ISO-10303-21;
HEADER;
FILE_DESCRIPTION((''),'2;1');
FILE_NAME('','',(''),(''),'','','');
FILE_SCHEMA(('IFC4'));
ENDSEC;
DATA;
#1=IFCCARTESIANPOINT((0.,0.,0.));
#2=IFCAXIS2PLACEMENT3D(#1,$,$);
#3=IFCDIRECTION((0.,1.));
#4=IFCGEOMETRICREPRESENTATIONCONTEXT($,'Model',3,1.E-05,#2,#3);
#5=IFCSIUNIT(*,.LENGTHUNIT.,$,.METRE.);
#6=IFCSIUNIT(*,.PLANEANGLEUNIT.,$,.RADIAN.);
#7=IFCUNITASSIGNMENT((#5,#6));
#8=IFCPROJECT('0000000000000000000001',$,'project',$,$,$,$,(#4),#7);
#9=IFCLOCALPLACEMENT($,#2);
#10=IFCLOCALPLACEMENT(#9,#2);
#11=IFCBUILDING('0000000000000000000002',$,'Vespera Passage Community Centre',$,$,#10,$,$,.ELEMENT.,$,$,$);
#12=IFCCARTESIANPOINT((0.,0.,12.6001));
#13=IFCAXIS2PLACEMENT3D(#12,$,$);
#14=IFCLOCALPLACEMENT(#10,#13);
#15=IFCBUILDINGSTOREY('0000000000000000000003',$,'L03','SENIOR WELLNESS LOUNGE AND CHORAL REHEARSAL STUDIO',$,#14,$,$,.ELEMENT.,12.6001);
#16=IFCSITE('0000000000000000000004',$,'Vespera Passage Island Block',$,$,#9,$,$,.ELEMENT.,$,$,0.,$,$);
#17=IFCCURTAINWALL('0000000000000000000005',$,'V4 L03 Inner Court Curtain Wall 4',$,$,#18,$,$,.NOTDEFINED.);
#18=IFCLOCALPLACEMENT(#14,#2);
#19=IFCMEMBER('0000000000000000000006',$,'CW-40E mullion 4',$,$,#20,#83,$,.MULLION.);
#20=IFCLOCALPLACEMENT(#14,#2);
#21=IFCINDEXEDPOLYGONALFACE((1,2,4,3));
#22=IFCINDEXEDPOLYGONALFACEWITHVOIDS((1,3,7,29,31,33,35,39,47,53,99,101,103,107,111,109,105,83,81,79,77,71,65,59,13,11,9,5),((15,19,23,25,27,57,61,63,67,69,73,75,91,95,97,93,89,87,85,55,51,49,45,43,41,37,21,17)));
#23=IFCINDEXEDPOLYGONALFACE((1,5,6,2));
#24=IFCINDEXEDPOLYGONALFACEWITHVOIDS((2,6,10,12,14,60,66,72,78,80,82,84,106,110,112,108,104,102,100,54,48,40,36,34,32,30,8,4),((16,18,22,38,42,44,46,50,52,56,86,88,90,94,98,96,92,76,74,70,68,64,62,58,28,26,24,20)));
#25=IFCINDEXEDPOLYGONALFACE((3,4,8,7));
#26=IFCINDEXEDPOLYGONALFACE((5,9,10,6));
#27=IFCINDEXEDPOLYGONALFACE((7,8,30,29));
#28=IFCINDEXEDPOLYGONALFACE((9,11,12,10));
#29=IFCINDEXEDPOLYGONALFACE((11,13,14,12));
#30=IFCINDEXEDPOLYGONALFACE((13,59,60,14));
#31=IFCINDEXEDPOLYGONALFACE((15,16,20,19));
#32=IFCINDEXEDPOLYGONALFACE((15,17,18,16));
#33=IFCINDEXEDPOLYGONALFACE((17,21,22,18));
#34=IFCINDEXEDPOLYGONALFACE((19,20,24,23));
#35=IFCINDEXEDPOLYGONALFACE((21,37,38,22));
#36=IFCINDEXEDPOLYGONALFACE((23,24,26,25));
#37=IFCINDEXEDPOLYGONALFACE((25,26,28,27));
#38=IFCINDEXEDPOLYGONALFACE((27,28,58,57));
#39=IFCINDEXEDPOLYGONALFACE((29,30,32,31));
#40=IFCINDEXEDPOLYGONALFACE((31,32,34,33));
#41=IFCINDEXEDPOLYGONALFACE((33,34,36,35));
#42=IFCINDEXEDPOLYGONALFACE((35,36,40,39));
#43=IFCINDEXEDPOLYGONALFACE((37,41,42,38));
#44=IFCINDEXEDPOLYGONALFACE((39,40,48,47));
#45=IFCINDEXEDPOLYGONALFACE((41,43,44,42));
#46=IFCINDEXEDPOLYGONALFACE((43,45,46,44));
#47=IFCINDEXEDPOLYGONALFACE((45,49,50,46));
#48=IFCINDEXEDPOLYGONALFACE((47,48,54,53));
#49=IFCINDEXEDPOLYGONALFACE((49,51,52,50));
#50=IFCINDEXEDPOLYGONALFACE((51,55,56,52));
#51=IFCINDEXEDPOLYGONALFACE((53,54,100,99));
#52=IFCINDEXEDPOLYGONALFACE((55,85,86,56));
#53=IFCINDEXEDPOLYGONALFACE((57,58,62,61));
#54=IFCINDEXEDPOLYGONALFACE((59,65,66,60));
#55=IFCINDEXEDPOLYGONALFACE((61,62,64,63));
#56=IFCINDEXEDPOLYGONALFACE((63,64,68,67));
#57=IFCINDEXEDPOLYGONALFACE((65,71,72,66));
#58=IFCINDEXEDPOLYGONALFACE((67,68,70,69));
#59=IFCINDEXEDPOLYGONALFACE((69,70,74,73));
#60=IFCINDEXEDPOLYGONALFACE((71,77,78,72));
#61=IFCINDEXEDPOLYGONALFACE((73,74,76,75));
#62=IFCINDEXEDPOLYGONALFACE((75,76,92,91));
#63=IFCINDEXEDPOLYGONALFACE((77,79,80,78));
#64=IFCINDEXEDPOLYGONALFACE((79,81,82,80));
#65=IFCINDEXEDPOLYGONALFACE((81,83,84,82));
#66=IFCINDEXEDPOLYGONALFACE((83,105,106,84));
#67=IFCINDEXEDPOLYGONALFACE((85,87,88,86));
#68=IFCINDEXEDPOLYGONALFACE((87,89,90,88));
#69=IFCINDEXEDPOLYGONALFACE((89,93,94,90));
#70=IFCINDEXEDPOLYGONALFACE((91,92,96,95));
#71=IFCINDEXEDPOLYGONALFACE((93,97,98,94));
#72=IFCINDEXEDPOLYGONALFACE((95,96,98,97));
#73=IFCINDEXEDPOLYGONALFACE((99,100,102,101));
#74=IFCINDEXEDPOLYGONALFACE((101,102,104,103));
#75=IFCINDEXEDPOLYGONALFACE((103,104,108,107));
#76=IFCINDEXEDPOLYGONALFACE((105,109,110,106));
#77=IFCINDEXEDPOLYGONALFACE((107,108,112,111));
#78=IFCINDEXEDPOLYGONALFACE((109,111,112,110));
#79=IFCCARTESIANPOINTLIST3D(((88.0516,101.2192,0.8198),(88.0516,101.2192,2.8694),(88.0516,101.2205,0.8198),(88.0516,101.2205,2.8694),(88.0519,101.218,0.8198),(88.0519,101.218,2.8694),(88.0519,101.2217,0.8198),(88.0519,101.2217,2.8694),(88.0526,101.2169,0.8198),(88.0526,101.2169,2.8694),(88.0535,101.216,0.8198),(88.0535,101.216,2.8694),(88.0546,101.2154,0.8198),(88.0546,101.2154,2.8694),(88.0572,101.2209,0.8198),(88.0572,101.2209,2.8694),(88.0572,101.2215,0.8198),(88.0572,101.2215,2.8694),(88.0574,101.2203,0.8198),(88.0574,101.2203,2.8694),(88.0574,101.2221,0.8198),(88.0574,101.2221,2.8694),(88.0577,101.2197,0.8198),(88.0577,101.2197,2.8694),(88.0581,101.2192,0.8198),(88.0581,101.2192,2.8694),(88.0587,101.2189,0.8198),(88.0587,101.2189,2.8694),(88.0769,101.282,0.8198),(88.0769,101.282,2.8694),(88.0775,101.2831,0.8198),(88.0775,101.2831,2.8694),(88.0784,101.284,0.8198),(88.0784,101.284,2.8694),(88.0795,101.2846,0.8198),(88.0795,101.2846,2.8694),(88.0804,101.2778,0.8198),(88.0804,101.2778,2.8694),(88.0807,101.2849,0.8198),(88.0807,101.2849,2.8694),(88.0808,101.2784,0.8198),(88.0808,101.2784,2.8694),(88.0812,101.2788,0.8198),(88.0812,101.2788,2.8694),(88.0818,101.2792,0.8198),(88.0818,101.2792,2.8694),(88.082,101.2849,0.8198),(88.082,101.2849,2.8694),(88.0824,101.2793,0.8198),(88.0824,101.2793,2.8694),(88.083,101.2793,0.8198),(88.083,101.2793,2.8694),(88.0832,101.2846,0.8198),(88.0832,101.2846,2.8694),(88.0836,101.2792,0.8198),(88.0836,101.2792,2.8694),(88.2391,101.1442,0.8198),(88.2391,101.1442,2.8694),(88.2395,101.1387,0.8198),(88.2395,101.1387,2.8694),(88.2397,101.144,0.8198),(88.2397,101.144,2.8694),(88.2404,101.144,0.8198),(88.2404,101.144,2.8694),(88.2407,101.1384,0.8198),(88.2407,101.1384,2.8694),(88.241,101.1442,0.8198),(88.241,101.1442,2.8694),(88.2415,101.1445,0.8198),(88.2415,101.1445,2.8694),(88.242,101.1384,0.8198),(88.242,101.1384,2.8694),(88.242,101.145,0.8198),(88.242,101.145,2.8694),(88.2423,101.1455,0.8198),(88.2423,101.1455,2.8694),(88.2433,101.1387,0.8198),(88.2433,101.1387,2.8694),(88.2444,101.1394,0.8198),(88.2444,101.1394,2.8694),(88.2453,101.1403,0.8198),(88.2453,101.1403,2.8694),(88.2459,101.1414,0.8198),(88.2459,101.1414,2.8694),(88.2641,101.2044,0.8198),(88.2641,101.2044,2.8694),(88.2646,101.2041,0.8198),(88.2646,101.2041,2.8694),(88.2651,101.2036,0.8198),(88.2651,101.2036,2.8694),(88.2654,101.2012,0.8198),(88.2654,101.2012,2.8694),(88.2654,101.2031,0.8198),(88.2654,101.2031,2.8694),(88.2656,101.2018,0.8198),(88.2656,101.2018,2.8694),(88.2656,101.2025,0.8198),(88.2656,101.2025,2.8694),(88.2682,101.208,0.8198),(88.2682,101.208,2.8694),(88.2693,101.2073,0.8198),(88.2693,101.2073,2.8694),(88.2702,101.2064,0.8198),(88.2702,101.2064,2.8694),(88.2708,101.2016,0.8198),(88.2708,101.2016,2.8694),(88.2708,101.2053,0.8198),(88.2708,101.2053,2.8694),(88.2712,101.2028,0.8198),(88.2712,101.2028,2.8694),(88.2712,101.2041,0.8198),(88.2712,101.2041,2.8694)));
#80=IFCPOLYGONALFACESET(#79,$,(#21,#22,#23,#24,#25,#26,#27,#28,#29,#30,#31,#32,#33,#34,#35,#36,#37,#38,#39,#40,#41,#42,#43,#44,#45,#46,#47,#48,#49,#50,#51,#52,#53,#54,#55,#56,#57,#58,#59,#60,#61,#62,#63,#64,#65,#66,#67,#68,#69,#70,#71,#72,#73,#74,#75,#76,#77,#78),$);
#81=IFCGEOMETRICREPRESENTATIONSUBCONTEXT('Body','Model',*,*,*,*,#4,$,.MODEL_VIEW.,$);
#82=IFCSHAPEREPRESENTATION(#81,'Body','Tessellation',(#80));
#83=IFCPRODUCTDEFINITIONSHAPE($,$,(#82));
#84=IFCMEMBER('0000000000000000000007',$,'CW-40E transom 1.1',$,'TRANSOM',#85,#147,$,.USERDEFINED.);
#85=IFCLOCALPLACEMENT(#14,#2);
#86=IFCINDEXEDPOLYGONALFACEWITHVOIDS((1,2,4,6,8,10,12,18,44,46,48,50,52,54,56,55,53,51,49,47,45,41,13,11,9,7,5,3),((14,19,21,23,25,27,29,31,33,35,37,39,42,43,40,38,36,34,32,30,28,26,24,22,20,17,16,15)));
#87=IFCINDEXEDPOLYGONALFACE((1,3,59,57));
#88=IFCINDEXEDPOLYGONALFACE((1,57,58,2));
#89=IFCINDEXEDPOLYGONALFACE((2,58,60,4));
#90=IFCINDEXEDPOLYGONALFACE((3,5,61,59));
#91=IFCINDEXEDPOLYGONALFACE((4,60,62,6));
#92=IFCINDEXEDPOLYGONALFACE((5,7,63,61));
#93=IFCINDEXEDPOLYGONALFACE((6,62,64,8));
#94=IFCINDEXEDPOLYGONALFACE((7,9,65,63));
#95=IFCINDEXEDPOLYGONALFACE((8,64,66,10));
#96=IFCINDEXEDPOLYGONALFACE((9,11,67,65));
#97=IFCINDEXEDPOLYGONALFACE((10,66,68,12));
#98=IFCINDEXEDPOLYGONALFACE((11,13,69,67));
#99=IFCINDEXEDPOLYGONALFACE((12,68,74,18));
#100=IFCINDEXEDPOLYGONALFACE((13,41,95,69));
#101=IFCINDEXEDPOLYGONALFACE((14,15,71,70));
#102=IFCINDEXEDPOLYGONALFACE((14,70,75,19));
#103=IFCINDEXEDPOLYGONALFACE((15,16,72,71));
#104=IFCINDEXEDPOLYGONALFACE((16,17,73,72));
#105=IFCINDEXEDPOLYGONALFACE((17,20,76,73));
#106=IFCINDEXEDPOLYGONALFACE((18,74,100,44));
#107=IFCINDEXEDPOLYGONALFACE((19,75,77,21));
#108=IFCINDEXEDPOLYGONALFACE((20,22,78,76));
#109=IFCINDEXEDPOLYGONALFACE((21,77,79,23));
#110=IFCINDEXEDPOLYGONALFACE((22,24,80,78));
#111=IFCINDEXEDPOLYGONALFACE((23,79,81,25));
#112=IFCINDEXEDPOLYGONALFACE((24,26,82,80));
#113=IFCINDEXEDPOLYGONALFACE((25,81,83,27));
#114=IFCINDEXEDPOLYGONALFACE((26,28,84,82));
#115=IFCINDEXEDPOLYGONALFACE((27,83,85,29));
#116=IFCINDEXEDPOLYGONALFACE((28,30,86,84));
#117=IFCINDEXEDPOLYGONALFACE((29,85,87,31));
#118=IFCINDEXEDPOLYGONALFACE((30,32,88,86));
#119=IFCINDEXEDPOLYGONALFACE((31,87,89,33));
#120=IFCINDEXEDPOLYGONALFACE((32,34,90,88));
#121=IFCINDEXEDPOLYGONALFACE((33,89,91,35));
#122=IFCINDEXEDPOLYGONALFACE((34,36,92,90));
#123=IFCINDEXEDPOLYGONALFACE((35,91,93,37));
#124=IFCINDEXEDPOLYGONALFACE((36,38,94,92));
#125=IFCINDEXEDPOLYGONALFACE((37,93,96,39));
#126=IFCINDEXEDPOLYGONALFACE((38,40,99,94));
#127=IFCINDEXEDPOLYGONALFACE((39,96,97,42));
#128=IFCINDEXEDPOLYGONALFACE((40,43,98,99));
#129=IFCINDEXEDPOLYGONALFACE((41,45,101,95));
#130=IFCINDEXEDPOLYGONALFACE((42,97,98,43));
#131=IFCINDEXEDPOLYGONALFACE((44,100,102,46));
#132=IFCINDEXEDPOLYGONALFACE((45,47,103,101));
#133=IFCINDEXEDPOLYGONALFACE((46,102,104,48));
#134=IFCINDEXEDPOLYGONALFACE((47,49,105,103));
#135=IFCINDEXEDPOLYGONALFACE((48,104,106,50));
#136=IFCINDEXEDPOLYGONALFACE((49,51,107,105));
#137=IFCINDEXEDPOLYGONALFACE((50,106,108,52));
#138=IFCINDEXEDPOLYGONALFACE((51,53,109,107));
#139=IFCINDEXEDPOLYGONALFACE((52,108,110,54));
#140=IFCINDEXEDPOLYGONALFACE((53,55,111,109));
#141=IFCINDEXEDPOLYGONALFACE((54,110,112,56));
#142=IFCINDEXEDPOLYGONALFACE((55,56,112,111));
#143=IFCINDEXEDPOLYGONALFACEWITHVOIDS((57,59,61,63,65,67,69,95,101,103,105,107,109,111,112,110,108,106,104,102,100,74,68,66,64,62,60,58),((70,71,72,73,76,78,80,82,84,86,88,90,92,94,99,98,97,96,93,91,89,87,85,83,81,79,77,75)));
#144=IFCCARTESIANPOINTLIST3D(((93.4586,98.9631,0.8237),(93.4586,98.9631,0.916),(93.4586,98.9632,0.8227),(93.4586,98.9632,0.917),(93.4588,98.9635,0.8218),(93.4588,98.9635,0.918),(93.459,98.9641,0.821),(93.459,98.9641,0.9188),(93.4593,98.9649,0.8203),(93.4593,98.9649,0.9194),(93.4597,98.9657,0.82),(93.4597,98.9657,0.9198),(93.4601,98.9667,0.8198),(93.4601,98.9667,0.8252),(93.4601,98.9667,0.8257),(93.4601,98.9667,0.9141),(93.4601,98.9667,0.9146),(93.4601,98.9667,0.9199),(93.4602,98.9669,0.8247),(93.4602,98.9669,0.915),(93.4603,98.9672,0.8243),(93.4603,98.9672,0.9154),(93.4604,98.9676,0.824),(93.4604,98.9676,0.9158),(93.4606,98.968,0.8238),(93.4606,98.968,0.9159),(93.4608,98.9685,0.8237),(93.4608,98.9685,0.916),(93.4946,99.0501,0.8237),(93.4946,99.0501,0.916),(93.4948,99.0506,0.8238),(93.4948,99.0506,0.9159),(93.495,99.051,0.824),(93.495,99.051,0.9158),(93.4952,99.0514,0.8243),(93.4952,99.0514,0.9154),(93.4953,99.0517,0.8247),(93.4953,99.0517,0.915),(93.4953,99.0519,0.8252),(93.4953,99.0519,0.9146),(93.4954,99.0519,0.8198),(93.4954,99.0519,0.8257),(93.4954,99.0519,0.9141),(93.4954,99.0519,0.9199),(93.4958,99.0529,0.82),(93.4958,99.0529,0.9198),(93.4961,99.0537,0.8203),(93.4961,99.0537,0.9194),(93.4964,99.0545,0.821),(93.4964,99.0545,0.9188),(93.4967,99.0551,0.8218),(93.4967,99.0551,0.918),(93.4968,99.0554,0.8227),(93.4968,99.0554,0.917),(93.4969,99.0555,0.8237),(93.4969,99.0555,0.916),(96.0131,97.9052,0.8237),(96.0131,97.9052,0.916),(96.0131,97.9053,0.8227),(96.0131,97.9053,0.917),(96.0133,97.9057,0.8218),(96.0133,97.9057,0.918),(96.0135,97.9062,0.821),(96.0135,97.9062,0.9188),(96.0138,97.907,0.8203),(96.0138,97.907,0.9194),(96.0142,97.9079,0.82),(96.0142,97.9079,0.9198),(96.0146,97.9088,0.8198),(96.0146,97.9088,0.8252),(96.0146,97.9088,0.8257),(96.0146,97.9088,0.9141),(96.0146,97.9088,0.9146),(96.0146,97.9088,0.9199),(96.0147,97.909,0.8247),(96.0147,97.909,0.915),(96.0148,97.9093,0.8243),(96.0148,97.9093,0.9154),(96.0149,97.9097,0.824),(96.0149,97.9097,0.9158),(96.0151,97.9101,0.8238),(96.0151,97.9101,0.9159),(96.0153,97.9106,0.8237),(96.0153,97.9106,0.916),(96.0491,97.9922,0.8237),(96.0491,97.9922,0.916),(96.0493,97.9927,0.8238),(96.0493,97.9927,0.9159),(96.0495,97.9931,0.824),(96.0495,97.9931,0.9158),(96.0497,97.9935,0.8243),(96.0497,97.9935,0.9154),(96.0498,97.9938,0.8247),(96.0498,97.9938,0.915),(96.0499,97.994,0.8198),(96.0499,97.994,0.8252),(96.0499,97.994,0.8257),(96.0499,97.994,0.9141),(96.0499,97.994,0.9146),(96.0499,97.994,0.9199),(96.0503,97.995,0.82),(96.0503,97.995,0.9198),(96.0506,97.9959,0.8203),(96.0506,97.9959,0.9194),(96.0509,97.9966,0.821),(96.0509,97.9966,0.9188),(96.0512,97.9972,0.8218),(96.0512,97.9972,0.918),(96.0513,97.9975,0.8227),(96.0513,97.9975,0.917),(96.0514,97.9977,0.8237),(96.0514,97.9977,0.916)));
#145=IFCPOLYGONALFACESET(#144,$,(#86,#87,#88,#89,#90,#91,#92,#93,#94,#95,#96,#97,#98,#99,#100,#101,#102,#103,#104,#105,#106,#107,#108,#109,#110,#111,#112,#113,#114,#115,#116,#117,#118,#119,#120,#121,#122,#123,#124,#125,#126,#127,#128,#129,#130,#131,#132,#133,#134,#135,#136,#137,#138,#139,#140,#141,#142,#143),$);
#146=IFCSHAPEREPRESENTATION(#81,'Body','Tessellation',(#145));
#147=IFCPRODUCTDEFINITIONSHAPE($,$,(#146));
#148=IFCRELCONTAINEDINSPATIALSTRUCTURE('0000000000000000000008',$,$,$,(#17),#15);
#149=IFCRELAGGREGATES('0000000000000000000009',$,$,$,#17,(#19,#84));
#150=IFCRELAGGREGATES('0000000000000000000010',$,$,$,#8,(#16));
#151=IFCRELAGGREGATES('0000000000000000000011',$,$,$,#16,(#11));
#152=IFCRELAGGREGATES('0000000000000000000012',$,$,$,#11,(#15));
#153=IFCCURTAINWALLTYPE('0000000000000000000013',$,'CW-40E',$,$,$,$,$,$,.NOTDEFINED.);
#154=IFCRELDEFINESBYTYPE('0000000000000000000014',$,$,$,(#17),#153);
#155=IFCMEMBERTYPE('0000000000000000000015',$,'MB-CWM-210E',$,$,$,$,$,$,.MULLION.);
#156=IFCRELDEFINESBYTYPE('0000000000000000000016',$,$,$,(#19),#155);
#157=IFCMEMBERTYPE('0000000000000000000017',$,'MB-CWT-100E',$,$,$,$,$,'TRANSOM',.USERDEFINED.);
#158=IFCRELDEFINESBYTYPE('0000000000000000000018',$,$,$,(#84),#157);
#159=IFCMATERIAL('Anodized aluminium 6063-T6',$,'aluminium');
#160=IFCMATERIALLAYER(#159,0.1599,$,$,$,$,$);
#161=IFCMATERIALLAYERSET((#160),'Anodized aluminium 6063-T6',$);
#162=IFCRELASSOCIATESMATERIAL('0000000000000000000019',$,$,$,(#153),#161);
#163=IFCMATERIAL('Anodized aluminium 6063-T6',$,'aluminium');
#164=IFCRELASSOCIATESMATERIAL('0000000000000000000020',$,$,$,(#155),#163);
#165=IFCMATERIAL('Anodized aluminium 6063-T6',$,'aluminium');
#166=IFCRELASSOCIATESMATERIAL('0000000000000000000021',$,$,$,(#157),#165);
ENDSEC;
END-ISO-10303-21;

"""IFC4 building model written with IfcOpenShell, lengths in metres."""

from ifc_helpers import new_model, si_unit, direction, frame, origin, origin_2d, place, context, subcontext, project, spatial, hollow_rectangle, extrude, material, layer, layer_set, material_profile, profile_set, type_object, element, aggregate, save


model = new_model("IFC4")

# Units and contexts
model_context = context("Model", 3, precision=1e-05, world=origin(), true_north=direction((0.0, 1.0)))
body_context = subcontext(model_context, "Body", "Model", "MODEL_VIEW")
ifc_project = project(units=[si_unit("LENGTHUNIT", "METRE"), si_unit("PLANEANGLEUNIT", "RADIAN")], contexts=[model_context])

# Site, building, storey
site_placement = place(None, origin())
site = spatial("IfcSite", under=ifc_project, at=site_placement, Name="Vespera Passage Island Block", CompositionType="ELEMENT", RefElevation=0.0)
building_placement = place(site_placement, origin())
building = spatial("IfcBuilding", under=site, at=building_placement, Name="Vespera Passage Community Centre", CompositionType="ELEMENT")
storey_placement = place(building_placement, frame((0.0, 0.0, 12.6001)))
storey = spatial("IfcBuildingStorey", under=building, at=storey_placement, Name="L03", Description="SENIOR WELLNESS LOUNGE AND CHORAL REHEARSAL STUDIO", CompositionType="ELEMENT", Elevation=12.6001)

# Curtain wall, members
ifc_material_1 = material(Name="Anodized aluminium 6063-T6", Category="aluminium")
ifc_layer_1 = layer(ifc_material_1, 0.1599)
ifc_layer_set_1 = layer_set([ifc_layer_1], Name="Anodized aluminium 6063-T6")
curtain_wall_type = type_object("IfcCurtainWallType", Name="CW-40E", PredefinedType="NOTDEFINED", material=ifc_layer_set_1)
curtain_wall_placement = place(storey_placement, origin())
curtain_wall = element("IfcCurtainWall", 1, at=curtain_wall_placement, inside=storey, type_object=curtain_wall_type, Name="V4 L03 Inner Court Curtain Wall 4", PredefinedType="NOTDEFINED")
ifc_material_2 = material(Name="Anodized aluminium 6063-T6", Category="aluminium")
ifc_material_profile_1 = material_profile(ifc_material_2, hollow_rectangle(XDim=0.075, YDim=0.21, WallThickness=0.0049, InnerFilletRadius=0.0024, OuterFilletRadius=0.0049, at=origin_2d()), Name="ALU210X75X5")
ifc_profile_set_1 = profile_set([ifc_material_profile_1], Name="Anodized aluminium 6063-T6")
member_type_1 = type_object("IfcMemberType", Name="MB-CWM-210E", PredefinedType="MULLION", material=ifc_profile_set_1)
member_1_placement = place(storey_placement, frame((88.1614, 101.2117, 0.8198), z_axis=(0.0, 0.0, 1.0), x_axis=(-0.38269, -0.923877, 0.0)))
member_1 = element("IfcMember", 2, at=member_1_placement, type_object=member_type_1, Name="CW-40E mullion 4", PredefinedType="MULLION", context=body_context, shape_type="SweptSolid", body=[
    extrude(hollow_rectangle(XDim=0.075, YDim=0.21, WallThickness=0.0049, InnerFilletRadius=0.0024, OuterFilletRadius=0.0049, at=origin_2d()), origin(), (0.0, 0.0, 1.0), 2.0496),
])
ifc_material_3 = material(Name="Anodized aluminium 6063-T6", Category="aluminium")
ifc_material_profile_2 = material_profile(ifc_material_3, hollow_rectangle(XDim=0.1001, YDim=0.1001, WallThickness=0.0039, InnerFilletRadius=0.002, OuterFilletRadius=0.0039, at=origin_2d()), Name="ALU100X100X4")
ifc_profile_set_2 = profile_set([ifc_material_profile_2], Name="Anodized aluminium 6063-T6")
member_type_2 = type_object("IfcMemberType", Name="MB-CWT-100E", ElementType="TRANSOM", PredefinedType="USERDEFINED", material=ifc_profile_set_2)
member_2_placement = place(storey_placement, frame((96.0322, 97.9514, 0.8699), z_axis=(-0.923908, 0.382614, 0.0), x_axis=(-0.382614, -0.923908, 0.0)))
member_2 = element("IfcMember", 3, at=member_2_placement, type_object=member_type_2, Name="CW-40E transom 1.1", ObjectType="TRANSOM", PredefinedType="USERDEFINED", context=body_context, shape_type="SweptSolid", body=[
    extrude(hollow_rectangle(XDim=0.1001, YDim=0.1001, WallThickness=0.0039, InnerFilletRadius=0.002, OuterFilletRadius=0.0039, at=origin_2d()), origin(), (0.0, 0.0, 1.0), 2.7649),
])
aggregate(curtain_wall, [member_1, member_2])

save(model, "model.ifc")
